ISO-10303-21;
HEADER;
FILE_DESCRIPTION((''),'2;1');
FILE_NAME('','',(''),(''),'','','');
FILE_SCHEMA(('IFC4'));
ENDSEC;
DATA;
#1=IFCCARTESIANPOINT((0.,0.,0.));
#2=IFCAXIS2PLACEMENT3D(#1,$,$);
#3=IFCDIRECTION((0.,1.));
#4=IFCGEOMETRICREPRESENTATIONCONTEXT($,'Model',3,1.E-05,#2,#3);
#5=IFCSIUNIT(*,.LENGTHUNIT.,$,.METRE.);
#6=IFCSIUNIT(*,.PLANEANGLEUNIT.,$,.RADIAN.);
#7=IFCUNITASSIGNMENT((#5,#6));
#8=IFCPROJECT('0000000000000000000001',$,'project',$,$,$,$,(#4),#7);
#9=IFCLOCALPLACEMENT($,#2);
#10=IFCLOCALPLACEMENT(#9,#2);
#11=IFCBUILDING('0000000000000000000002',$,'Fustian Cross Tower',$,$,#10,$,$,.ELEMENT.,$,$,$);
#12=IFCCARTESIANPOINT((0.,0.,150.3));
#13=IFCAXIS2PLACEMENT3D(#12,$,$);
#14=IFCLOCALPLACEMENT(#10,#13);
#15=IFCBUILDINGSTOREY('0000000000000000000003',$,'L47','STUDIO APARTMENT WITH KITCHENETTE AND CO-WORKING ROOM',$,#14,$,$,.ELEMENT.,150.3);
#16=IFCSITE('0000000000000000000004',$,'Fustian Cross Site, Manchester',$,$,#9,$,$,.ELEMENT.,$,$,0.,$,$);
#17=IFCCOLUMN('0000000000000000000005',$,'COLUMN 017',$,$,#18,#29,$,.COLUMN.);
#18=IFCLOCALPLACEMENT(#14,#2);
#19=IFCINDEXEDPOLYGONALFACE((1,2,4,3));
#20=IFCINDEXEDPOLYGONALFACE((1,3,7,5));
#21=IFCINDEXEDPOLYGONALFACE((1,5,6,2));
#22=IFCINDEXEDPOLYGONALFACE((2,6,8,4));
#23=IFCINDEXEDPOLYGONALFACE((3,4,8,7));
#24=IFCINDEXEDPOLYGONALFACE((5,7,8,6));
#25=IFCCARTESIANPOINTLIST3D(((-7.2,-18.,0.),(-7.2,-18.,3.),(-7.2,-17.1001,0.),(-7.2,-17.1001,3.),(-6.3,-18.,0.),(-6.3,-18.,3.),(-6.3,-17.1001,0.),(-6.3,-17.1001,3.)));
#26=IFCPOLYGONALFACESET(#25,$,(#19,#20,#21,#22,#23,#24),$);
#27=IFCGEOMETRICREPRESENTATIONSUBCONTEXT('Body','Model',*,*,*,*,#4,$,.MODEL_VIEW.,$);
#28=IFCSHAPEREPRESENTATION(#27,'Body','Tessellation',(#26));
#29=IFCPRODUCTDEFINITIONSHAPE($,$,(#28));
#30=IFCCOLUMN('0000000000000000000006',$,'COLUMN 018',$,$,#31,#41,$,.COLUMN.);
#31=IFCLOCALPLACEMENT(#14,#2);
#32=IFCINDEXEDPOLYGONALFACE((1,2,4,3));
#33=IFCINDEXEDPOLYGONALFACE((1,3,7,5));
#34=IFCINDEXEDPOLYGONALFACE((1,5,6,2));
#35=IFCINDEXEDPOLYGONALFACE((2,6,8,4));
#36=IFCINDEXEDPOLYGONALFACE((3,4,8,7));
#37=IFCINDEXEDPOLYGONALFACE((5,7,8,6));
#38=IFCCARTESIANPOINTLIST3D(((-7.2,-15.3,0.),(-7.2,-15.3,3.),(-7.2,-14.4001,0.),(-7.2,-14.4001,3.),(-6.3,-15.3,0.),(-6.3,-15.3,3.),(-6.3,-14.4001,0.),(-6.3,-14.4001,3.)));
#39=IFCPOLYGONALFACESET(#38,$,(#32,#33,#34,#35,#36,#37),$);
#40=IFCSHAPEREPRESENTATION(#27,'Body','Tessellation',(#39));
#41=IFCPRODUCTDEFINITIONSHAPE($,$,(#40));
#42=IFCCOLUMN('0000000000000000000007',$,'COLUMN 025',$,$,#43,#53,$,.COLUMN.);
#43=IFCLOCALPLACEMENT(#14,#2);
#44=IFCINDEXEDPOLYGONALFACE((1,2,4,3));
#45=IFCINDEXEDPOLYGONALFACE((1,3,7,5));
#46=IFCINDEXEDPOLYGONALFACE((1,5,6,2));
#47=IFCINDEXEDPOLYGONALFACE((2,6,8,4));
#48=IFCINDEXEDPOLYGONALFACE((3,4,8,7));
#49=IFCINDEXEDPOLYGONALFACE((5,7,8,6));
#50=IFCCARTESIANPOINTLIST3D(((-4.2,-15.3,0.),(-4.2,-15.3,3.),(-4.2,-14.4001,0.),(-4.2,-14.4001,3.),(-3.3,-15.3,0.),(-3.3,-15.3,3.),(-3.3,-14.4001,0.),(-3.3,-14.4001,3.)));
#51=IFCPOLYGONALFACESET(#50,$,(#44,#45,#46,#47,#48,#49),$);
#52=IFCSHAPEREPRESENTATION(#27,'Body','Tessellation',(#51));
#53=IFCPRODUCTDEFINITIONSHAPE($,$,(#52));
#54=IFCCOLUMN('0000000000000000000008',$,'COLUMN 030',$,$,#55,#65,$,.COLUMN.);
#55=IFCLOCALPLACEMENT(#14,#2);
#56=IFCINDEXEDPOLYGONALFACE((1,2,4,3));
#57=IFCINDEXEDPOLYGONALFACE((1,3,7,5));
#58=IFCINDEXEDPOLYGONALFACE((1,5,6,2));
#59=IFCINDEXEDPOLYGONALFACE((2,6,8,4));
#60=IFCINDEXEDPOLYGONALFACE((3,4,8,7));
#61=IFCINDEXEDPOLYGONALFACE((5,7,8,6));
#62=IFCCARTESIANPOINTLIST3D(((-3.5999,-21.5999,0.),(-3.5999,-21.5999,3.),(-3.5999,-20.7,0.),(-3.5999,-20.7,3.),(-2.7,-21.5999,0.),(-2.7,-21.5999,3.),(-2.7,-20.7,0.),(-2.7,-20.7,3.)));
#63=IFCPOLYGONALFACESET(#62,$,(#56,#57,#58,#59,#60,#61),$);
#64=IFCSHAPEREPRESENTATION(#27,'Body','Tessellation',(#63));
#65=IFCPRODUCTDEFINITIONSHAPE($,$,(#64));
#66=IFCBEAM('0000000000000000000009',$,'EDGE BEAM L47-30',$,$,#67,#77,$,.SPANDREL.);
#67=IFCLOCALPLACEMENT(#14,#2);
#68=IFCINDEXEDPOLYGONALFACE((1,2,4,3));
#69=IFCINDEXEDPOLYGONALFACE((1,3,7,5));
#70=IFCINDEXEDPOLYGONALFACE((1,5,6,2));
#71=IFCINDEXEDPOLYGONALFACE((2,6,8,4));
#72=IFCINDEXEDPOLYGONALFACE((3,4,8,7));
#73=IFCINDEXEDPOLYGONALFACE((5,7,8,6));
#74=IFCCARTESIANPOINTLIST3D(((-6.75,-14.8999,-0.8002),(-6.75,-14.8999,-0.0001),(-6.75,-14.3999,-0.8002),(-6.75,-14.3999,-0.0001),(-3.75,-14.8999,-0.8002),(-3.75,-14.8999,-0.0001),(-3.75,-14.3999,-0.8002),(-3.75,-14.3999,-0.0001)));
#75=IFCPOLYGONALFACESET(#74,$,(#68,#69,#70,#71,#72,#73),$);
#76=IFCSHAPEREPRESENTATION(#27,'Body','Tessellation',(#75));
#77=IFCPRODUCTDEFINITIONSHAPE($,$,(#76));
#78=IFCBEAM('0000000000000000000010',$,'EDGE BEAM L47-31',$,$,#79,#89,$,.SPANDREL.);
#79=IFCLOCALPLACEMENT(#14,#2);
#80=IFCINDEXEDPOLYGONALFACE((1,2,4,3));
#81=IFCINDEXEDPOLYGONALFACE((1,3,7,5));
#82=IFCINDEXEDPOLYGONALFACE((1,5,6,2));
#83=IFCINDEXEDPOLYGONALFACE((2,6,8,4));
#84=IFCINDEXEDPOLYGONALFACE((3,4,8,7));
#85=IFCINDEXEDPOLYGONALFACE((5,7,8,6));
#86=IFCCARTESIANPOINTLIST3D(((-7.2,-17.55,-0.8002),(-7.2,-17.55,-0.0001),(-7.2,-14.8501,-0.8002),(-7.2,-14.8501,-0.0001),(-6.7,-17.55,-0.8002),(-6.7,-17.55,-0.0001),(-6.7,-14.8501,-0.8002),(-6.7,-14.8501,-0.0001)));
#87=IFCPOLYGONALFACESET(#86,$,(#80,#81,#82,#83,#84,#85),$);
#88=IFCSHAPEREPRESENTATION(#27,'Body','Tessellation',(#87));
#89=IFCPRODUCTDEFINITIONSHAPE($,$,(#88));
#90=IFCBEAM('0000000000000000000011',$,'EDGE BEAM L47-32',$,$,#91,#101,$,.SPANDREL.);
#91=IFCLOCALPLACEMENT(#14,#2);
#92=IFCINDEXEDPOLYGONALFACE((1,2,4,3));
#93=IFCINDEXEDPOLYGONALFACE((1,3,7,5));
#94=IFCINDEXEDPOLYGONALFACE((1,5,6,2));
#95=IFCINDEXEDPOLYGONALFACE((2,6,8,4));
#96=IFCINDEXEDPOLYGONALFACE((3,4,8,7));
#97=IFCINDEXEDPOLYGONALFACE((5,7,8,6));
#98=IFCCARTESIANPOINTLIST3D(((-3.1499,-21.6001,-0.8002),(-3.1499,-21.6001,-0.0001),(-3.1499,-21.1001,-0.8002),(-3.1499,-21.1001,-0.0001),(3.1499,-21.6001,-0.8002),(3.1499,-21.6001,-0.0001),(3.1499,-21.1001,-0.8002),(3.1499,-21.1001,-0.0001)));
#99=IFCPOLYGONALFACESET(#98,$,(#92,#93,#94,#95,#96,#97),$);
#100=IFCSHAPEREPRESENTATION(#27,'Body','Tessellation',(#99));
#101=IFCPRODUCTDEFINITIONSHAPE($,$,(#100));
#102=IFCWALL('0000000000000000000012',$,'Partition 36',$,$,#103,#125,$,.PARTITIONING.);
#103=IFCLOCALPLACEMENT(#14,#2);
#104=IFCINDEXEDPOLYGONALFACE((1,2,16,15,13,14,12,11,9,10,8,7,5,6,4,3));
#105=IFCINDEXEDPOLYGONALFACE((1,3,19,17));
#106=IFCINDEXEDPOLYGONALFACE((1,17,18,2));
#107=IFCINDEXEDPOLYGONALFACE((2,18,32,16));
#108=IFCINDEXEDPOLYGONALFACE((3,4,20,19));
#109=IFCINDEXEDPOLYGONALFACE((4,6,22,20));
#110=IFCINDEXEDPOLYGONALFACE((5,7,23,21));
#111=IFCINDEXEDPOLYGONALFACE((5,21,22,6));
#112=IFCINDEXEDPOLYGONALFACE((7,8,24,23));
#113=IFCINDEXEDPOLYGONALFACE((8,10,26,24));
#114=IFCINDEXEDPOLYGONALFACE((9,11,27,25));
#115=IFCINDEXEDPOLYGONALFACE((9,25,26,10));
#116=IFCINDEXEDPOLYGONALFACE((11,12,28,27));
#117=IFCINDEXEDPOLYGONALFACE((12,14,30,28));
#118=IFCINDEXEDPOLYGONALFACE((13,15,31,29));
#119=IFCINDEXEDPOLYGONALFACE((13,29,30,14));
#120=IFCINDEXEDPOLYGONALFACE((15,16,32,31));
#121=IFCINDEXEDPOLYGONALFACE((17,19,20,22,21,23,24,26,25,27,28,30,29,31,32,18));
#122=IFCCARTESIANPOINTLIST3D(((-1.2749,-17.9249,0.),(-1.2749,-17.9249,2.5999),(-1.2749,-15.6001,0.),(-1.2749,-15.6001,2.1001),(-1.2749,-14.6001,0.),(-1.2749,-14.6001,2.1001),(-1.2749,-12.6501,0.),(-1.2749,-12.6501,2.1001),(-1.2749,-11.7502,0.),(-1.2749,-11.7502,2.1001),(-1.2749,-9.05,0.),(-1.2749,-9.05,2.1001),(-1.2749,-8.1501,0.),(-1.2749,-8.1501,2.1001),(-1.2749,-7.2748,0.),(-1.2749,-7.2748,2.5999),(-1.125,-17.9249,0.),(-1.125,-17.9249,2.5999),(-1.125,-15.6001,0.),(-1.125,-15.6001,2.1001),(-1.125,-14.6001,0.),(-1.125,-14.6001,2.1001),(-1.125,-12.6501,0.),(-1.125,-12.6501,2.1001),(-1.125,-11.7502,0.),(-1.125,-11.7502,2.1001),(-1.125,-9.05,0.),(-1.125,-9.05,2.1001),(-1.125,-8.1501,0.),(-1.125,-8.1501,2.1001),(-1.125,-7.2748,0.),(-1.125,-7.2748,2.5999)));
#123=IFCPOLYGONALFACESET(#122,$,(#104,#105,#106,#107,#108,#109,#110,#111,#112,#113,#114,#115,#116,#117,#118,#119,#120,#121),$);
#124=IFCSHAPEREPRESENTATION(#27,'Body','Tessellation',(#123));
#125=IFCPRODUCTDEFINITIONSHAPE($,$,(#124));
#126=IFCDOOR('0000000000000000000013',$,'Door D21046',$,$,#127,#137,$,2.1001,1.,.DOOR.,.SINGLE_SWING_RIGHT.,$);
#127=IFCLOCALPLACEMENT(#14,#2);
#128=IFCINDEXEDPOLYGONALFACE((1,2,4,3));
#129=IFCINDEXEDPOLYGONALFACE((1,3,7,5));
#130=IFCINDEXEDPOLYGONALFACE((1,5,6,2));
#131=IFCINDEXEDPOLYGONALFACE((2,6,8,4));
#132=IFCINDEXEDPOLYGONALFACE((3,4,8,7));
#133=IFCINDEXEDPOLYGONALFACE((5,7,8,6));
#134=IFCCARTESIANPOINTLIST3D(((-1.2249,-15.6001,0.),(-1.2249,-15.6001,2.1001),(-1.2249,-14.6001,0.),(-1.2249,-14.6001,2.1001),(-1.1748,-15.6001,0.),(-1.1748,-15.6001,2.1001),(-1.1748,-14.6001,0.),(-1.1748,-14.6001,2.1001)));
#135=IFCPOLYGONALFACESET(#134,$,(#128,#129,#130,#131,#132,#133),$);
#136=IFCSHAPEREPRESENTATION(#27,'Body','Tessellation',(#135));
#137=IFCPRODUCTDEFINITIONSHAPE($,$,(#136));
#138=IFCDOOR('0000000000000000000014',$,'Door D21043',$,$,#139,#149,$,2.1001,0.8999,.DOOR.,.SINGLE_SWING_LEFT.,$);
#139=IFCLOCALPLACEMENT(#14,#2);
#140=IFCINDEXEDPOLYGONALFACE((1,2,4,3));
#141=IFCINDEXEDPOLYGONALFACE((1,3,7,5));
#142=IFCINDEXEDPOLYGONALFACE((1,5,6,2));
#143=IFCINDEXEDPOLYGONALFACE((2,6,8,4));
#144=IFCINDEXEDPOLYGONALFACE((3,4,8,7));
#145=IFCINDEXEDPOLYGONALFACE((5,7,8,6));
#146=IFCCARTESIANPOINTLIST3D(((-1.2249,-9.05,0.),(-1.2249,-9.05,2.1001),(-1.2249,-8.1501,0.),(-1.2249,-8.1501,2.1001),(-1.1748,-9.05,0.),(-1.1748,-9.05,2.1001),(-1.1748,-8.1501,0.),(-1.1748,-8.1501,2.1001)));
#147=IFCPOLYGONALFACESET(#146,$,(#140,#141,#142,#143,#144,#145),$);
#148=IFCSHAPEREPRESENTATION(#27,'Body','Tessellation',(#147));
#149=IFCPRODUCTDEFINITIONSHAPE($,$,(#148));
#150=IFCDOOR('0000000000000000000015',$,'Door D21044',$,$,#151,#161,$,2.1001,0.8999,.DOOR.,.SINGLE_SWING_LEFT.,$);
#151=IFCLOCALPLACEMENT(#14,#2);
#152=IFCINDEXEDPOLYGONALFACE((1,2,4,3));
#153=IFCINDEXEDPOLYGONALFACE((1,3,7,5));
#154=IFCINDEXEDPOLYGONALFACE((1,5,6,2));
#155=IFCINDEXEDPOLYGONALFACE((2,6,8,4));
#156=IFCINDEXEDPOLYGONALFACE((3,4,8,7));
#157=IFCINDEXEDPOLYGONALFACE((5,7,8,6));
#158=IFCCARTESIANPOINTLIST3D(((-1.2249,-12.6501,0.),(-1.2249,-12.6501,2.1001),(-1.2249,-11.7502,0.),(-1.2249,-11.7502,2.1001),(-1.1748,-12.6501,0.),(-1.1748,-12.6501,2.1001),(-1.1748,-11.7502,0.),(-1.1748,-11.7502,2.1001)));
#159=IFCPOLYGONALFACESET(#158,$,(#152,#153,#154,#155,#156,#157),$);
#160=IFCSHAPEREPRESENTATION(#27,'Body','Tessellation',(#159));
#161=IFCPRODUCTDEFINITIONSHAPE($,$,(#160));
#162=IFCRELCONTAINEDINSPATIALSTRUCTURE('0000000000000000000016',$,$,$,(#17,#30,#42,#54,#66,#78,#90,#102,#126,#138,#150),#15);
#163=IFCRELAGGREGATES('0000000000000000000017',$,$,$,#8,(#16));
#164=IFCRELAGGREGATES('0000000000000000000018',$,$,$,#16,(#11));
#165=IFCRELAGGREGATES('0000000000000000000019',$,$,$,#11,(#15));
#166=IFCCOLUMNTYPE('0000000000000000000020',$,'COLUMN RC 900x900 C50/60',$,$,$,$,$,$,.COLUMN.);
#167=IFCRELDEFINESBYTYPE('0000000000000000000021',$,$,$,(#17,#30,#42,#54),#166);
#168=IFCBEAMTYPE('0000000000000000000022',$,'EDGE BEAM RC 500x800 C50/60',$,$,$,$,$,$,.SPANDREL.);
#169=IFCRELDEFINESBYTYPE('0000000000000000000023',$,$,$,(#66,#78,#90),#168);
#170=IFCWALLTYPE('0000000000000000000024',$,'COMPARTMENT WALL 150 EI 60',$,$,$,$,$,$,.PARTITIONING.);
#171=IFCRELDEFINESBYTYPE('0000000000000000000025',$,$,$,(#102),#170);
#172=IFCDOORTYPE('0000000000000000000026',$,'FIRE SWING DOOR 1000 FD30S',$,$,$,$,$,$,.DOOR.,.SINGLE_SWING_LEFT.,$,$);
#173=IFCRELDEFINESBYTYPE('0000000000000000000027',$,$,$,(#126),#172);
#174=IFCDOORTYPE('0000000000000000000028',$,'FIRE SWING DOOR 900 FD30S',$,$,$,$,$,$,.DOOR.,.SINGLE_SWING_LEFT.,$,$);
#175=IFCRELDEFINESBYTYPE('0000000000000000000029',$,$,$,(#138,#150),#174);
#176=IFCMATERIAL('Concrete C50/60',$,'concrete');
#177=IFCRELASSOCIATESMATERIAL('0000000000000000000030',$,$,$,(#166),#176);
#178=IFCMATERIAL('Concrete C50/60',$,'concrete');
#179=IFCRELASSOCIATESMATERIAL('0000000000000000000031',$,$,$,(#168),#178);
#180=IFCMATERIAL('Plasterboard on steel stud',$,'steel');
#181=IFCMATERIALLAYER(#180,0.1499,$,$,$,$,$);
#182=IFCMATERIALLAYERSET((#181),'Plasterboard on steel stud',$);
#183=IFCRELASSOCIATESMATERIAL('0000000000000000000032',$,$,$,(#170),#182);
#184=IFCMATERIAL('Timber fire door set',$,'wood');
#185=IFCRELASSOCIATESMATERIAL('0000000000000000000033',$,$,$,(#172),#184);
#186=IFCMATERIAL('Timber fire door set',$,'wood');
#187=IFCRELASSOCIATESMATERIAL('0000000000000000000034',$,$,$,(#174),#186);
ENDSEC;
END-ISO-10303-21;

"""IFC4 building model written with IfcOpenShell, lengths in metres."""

from ifc_helpers import new_model, si_unit, direction, frame, frame_2d, origin, origin_2d, place, context, subcontext, project, spatial, rectangle, extrude, material, layer, layer_set, material_profile, profile_set, type_object, element, fill, save


model = new_model("IFC4")

# Units and contexts
model_context = context("Model", 3, precision=1e-05, world=origin(), true_north=direction((0.0, 1.0)))
body_context = subcontext(model_context, "Body", "Model", "MODEL_VIEW")
ifc_project = project(units=[si_unit("LENGTHUNIT", "METRE"), si_unit("PLANEANGLEUNIT", "RADIAN")], contexts=[model_context])

# Site, building, storey
site_placement = place(None, origin())
site = spatial("IfcSite", under=ifc_project, at=site_placement, Name="Fustian Cross Site, Manchester", CompositionType="ELEMENT", RefElevation=0.0)
building_placement = place(site_placement, origin())
building = spatial("IfcBuilding", under=site, at=building_placement, Name="Fustian Cross Tower", CompositionType="ELEMENT")
storey_placement = place(building_placement, frame((0.0, 0.0, 150.3)))
storey = spatial("IfcBuildingStorey", under=building, at=storey_placement, Name="L47", Description="STUDIO APARTMENT WITH KITCHENETTE AND CO-WORKING ROOM", CompositionType="ELEMENT", Elevation=150.3)

# Columns
ifc_material_1 = material(Name="Concrete C50/60", Category="concrete")
ifc_material_profile_1 = material_profile(ifc_material_1, rectangle(XDim=0.8999, YDim=0.8999, at=origin_2d()), Name="RC 900x900")
ifc_profile_set_1 = profile_set([ifc_material_profile_1], Name="Concrete C50/60")
column_type = type_object("IfcColumnType", Name="COLUMN RC 900x900 C50/60", PredefinedType="COLUMN", material=ifc_profile_set_1)
for number, where, z_axis, x_axis, name in (
    (1, (-6.75, -17.55, 0.0), (0.0, 0.0, 1.0), (1.0, 0.0, 0.0), "COLUMN 017"),
    (2, (-6.75, -14.8501, 0.0), (0.0, 0.0, 1.0), (1.0, 0.0, 0.0), "COLUMN 018"),
    (3, (-3.75, -14.8501, 0.0), (0.0, 0.0, 1.0), (1.0, 0.0, 0.0), "COLUMN 025"),
    (4, (-3.1499, -21.1499, 0.0), (0.0, 0.0, 1.0), (1.0, 0.0, 0.0), "COLUMN 030"),
):
    element("IfcColumn", number, at=place(storey_placement, frame(where, z_axis=z_axis, x_axis=x_axis)), inside=storey, type_object=column_type, Name=name, PredefinedType="COLUMN", context=body_context, shape_type="SweptSolid", body=[
        extrude(rectangle(XDim=0.8999, YDim=0.8999, at=origin_2d()), origin(), (0.0, 0.0, 1.0), 3.0),
    ])

# Beams
ifc_material_2 = material(Name="Concrete C50/60", Category="concrete")
ifc_material_profile_2 = material_profile(ifc_material_2, rectangle(XDim=0.5, YDim=0.8, at=origin_2d()), Name="RC 500x800")
ifc_profile_set_2 = profile_set([ifc_material_profile_2], Name="Concrete C50/60")
beam_type = type_object("IfcBeamType", Name="EDGE BEAM RC 500x800 C50/60", PredefinedType="SPANDREL", material=ifc_profile_set_2)
beam_1_placement = place(storey_placement, frame((-3.75, -14.6499, -0.4001), z_axis=(-1.0, 0.0, 0.0), x_axis=(0.0, -1.0, 0.0)))
element("IfcBeam", 5, at=beam_1_placement, inside=storey, type_object=beam_type, Name="EDGE BEAM L47-30", PredefinedType="SPANDREL", context=body_context, shape_type="SweptSolid", body=[
    extrude(rectangle(XDim=0.5, YDim=0.8, at=origin_2d()), origin(), (0.0, 0.0, 1.0), 3.0),
])
beam_2_placement = place(storey_placement, frame((-6.95, -14.8501, -0.4001), z_axis=(0.0, -1.0, 0.0), x_axis=(1.0, 0.0, 0.0)))
element("IfcBeam", 6, at=beam_2_placement, inside=storey, type_object=beam_type, Name="EDGE BEAM L47-31", PredefinedType="SPANDREL", context=body_context, shape_type="SweptSolid", body=[
    extrude(rectangle(XDim=0.5, YDim=0.8, at=origin_2d()), origin(), (0.0, 0.0, 1.0), 2.7),
])
beam_3_placement = place(storey_placement, frame((-3.1499, -21.3501, -0.4001), z_axis=(1.0, 0.0, 0.0), x_axis=(0.0, 1.0, 0.0)))
element("IfcBeam", 7, at=beam_3_placement, inside=storey, type_object=beam_type, Name="EDGE BEAM L47-32", PredefinedType="SPANDREL", context=body_context, shape_type="SweptSolid", body=[
    extrude(rectangle(XDim=0.5, YDim=0.8, at=origin_2d()), origin(), (0.0, 0.0, 1.0), 6.2998),
])

# Wall, openings, doors
ifc_material_3 = material(Name="Plasterboard on steel stud", Category="steel")
ifc_layer_1 = layer(ifc_material_3, 0.1499)
ifc_layer_set_1 = layer_set([ifc_layer_1], Name="Plasterboard on steel stud")
wall_type_1 = type_object("IfcWallType", Name="COMPARTMENT WALL 150 EI 60", PredefinedType="PARTITIONING", material=ifc_layer_set_1)
wall_1_placement = place(storey_placement, frame((-1.2, -17.925, 0.0), z_axis=(0.0, 0.0, 1.0), x_axis=(0.0, 1.0, 0.0)))
wall_1 = element("IfcWall", 8, at=wall_1_placement, inside=storey, type_object=wall_type_1, Name="Partition 36", PredefinedType="PARTITIONING", context=body_context, shape_type="SweptSolid", body=[
    extrude(rectangle(XDim=10.6501, YDim=0.1499, at=frame_2d((5.3252, 0.0))), origin(), (0.0, 0.0, 1.0), 2.5999),
])
opening_1_placement = place(wall_1_placement, frame((8.875, 0.0, 0.0)))
opening_1 = element("IfcOpeningElement", 9, at=opening_1_placement, cuts=wall_1, PredefinedType="OPENING", context=body_context, shape_type="SweptSolid", body=[
    extrude(rectangle(XDim=0.8999, YDim=2.1001, at=frame_2d((0.45, 1.05))), frame((0.0, 0.085, 0.0), z_axis=(0.0, -1.0, 0.0), x_axis=(1.0, 0.0, 0.0)), (0.0, 0.0, 1.0), 0.1699),
])
opening_2_placement = place(wall_1_placement, frame((5.2749, 0.0, 0.0)))
opening_2 = element("IfcOpeningElement", 10, at=opening_2_placement, cuts=wall_1, PredefinedType="OPENING", context=body_context, shape_type="SweptSolid", body=[
    extrude(rectangle(XDim=0.8999, YDim=2.1001, at=frame_2d((0.45, 1.05))), frame((0.0, 0.085, 0.0), z_axis=(0.0, -1.0, 0.0), x_axis=(1.0, 0.0, 0.0)), (0.0, 0.0, 1.0), 0.1699),
])
opening_3_placement = place(wall_1_placement, frame((2.325, 0.0, 0.0)))
opening_3 = element("IfcOpeningElement", 11, at=opening_3_placement, cuts=wall_1, PredefinedType="OPENING", context=body_context, shape_type="SweptSolid", body=[
    extrude(rectangle(XDim=1.0, YDim=2.1001, at=frame_2d((0.5, 1.05))), frame((0.0, 0.085, 0.0), z_axis=(0.0, -1.0, 0.0), x_axis=(1.0, 0.0, 0.0)), (0.0, 0.0, 1.0), 0.1699),
])
ifc_material_4 = material(Name="Timber fire door set", Category="wood")
door_type_1 = type_object("IfcDoorType", Name="FIRE SWING DOOR 1000 FD30S", OperationType="SINGLE_SWING_LEFT", PredefinedType="DOOR", material=ifc_material_4)
door_1_placement = place(opening_3_placement, origin())
door_1 = element("IfcDoor", 12, at=door_1_placement, inside=storey, type_object=door_type_1, Name="Door D21046", OperationType="SINGLE_SWING_RIGHT", OverallHeight=2.1001, OverallWidth=1.0, PredefinedType="DOOR", context=body_context, shape_type="SweptSolid", body=[
    extrude(rectangle(XDim=1.0, YDim=2.1001, at=frame_2d((0.5, 1.05))), frame((0.0, 0.0249, 0.0), z_axis=(0.0, -1.0, 0.0), x_axis=(1.0, 0.0, 0.0)), (0.0, 0.0, 1.0), 0.05),
])
fill(opening_3, door_1)
ifc_material_5 = material(Name="Timber fire door set", Category="wood")
door_type_2 = type_object("IfcDoorType", Name="FIRE SWING DOOR 900 FD30S", OperationType="SINGLE_SWING_LEFT", PredefinedType="DOOR", material=ifc_material_5)
door_2_placement = place(opening_1_placement, origin())
door_2 = element("IfcDoor", 13, at=door_2_placement, inside=storey, type_object=door_type_2, Name="Door D21043", OperationType="SINGLE_SWING_LEFT", OverallHeight=2.1001, OverallWidth=0.8999, PredefinedType="DOOR", context=body_context, shape_type="SweptSolid", body=[
    extrude(rectangle(XDim=0.8999, YDim=2.1001, at=frame_2d((0.45, 1.05))), frame((0.0, 0.0249, 0.0), z_axis=(0.0, -1.0, 0.0), x_axis=(1.0, 0.0, 0.0)), (0.0, 0.0, 1.0), 0.05),
])
fill(opening_1, door_2)
door_3_placement = place(opening_2_placement, origin())
door_3 = element("IfcDoor", 14, at=door_3_placement, inside=storey, type_object=door_type_2, Name="Door D21044", OperationType="SINGLE_SWING_LEFT", OverallHeight=2.1001, OverallWidth=0.8999, PredefinedType="DOOR", context=body_context, shape_type="SweptSolid", body=[
    extrude(rectangle(XDim=0.8999, YDim=2.1001, at=frame_2d((0.45, 1.05))), frame((0.0, 0.0249, 0.0), z_axis=(0.0, -1.0, 0.0), x_axis=(1.0, 0.0, 0.0)), (0.0, 0.0, 1.0), 0.05),
])
fill(opening_2, door_3)

save(model, "model.ifc")
